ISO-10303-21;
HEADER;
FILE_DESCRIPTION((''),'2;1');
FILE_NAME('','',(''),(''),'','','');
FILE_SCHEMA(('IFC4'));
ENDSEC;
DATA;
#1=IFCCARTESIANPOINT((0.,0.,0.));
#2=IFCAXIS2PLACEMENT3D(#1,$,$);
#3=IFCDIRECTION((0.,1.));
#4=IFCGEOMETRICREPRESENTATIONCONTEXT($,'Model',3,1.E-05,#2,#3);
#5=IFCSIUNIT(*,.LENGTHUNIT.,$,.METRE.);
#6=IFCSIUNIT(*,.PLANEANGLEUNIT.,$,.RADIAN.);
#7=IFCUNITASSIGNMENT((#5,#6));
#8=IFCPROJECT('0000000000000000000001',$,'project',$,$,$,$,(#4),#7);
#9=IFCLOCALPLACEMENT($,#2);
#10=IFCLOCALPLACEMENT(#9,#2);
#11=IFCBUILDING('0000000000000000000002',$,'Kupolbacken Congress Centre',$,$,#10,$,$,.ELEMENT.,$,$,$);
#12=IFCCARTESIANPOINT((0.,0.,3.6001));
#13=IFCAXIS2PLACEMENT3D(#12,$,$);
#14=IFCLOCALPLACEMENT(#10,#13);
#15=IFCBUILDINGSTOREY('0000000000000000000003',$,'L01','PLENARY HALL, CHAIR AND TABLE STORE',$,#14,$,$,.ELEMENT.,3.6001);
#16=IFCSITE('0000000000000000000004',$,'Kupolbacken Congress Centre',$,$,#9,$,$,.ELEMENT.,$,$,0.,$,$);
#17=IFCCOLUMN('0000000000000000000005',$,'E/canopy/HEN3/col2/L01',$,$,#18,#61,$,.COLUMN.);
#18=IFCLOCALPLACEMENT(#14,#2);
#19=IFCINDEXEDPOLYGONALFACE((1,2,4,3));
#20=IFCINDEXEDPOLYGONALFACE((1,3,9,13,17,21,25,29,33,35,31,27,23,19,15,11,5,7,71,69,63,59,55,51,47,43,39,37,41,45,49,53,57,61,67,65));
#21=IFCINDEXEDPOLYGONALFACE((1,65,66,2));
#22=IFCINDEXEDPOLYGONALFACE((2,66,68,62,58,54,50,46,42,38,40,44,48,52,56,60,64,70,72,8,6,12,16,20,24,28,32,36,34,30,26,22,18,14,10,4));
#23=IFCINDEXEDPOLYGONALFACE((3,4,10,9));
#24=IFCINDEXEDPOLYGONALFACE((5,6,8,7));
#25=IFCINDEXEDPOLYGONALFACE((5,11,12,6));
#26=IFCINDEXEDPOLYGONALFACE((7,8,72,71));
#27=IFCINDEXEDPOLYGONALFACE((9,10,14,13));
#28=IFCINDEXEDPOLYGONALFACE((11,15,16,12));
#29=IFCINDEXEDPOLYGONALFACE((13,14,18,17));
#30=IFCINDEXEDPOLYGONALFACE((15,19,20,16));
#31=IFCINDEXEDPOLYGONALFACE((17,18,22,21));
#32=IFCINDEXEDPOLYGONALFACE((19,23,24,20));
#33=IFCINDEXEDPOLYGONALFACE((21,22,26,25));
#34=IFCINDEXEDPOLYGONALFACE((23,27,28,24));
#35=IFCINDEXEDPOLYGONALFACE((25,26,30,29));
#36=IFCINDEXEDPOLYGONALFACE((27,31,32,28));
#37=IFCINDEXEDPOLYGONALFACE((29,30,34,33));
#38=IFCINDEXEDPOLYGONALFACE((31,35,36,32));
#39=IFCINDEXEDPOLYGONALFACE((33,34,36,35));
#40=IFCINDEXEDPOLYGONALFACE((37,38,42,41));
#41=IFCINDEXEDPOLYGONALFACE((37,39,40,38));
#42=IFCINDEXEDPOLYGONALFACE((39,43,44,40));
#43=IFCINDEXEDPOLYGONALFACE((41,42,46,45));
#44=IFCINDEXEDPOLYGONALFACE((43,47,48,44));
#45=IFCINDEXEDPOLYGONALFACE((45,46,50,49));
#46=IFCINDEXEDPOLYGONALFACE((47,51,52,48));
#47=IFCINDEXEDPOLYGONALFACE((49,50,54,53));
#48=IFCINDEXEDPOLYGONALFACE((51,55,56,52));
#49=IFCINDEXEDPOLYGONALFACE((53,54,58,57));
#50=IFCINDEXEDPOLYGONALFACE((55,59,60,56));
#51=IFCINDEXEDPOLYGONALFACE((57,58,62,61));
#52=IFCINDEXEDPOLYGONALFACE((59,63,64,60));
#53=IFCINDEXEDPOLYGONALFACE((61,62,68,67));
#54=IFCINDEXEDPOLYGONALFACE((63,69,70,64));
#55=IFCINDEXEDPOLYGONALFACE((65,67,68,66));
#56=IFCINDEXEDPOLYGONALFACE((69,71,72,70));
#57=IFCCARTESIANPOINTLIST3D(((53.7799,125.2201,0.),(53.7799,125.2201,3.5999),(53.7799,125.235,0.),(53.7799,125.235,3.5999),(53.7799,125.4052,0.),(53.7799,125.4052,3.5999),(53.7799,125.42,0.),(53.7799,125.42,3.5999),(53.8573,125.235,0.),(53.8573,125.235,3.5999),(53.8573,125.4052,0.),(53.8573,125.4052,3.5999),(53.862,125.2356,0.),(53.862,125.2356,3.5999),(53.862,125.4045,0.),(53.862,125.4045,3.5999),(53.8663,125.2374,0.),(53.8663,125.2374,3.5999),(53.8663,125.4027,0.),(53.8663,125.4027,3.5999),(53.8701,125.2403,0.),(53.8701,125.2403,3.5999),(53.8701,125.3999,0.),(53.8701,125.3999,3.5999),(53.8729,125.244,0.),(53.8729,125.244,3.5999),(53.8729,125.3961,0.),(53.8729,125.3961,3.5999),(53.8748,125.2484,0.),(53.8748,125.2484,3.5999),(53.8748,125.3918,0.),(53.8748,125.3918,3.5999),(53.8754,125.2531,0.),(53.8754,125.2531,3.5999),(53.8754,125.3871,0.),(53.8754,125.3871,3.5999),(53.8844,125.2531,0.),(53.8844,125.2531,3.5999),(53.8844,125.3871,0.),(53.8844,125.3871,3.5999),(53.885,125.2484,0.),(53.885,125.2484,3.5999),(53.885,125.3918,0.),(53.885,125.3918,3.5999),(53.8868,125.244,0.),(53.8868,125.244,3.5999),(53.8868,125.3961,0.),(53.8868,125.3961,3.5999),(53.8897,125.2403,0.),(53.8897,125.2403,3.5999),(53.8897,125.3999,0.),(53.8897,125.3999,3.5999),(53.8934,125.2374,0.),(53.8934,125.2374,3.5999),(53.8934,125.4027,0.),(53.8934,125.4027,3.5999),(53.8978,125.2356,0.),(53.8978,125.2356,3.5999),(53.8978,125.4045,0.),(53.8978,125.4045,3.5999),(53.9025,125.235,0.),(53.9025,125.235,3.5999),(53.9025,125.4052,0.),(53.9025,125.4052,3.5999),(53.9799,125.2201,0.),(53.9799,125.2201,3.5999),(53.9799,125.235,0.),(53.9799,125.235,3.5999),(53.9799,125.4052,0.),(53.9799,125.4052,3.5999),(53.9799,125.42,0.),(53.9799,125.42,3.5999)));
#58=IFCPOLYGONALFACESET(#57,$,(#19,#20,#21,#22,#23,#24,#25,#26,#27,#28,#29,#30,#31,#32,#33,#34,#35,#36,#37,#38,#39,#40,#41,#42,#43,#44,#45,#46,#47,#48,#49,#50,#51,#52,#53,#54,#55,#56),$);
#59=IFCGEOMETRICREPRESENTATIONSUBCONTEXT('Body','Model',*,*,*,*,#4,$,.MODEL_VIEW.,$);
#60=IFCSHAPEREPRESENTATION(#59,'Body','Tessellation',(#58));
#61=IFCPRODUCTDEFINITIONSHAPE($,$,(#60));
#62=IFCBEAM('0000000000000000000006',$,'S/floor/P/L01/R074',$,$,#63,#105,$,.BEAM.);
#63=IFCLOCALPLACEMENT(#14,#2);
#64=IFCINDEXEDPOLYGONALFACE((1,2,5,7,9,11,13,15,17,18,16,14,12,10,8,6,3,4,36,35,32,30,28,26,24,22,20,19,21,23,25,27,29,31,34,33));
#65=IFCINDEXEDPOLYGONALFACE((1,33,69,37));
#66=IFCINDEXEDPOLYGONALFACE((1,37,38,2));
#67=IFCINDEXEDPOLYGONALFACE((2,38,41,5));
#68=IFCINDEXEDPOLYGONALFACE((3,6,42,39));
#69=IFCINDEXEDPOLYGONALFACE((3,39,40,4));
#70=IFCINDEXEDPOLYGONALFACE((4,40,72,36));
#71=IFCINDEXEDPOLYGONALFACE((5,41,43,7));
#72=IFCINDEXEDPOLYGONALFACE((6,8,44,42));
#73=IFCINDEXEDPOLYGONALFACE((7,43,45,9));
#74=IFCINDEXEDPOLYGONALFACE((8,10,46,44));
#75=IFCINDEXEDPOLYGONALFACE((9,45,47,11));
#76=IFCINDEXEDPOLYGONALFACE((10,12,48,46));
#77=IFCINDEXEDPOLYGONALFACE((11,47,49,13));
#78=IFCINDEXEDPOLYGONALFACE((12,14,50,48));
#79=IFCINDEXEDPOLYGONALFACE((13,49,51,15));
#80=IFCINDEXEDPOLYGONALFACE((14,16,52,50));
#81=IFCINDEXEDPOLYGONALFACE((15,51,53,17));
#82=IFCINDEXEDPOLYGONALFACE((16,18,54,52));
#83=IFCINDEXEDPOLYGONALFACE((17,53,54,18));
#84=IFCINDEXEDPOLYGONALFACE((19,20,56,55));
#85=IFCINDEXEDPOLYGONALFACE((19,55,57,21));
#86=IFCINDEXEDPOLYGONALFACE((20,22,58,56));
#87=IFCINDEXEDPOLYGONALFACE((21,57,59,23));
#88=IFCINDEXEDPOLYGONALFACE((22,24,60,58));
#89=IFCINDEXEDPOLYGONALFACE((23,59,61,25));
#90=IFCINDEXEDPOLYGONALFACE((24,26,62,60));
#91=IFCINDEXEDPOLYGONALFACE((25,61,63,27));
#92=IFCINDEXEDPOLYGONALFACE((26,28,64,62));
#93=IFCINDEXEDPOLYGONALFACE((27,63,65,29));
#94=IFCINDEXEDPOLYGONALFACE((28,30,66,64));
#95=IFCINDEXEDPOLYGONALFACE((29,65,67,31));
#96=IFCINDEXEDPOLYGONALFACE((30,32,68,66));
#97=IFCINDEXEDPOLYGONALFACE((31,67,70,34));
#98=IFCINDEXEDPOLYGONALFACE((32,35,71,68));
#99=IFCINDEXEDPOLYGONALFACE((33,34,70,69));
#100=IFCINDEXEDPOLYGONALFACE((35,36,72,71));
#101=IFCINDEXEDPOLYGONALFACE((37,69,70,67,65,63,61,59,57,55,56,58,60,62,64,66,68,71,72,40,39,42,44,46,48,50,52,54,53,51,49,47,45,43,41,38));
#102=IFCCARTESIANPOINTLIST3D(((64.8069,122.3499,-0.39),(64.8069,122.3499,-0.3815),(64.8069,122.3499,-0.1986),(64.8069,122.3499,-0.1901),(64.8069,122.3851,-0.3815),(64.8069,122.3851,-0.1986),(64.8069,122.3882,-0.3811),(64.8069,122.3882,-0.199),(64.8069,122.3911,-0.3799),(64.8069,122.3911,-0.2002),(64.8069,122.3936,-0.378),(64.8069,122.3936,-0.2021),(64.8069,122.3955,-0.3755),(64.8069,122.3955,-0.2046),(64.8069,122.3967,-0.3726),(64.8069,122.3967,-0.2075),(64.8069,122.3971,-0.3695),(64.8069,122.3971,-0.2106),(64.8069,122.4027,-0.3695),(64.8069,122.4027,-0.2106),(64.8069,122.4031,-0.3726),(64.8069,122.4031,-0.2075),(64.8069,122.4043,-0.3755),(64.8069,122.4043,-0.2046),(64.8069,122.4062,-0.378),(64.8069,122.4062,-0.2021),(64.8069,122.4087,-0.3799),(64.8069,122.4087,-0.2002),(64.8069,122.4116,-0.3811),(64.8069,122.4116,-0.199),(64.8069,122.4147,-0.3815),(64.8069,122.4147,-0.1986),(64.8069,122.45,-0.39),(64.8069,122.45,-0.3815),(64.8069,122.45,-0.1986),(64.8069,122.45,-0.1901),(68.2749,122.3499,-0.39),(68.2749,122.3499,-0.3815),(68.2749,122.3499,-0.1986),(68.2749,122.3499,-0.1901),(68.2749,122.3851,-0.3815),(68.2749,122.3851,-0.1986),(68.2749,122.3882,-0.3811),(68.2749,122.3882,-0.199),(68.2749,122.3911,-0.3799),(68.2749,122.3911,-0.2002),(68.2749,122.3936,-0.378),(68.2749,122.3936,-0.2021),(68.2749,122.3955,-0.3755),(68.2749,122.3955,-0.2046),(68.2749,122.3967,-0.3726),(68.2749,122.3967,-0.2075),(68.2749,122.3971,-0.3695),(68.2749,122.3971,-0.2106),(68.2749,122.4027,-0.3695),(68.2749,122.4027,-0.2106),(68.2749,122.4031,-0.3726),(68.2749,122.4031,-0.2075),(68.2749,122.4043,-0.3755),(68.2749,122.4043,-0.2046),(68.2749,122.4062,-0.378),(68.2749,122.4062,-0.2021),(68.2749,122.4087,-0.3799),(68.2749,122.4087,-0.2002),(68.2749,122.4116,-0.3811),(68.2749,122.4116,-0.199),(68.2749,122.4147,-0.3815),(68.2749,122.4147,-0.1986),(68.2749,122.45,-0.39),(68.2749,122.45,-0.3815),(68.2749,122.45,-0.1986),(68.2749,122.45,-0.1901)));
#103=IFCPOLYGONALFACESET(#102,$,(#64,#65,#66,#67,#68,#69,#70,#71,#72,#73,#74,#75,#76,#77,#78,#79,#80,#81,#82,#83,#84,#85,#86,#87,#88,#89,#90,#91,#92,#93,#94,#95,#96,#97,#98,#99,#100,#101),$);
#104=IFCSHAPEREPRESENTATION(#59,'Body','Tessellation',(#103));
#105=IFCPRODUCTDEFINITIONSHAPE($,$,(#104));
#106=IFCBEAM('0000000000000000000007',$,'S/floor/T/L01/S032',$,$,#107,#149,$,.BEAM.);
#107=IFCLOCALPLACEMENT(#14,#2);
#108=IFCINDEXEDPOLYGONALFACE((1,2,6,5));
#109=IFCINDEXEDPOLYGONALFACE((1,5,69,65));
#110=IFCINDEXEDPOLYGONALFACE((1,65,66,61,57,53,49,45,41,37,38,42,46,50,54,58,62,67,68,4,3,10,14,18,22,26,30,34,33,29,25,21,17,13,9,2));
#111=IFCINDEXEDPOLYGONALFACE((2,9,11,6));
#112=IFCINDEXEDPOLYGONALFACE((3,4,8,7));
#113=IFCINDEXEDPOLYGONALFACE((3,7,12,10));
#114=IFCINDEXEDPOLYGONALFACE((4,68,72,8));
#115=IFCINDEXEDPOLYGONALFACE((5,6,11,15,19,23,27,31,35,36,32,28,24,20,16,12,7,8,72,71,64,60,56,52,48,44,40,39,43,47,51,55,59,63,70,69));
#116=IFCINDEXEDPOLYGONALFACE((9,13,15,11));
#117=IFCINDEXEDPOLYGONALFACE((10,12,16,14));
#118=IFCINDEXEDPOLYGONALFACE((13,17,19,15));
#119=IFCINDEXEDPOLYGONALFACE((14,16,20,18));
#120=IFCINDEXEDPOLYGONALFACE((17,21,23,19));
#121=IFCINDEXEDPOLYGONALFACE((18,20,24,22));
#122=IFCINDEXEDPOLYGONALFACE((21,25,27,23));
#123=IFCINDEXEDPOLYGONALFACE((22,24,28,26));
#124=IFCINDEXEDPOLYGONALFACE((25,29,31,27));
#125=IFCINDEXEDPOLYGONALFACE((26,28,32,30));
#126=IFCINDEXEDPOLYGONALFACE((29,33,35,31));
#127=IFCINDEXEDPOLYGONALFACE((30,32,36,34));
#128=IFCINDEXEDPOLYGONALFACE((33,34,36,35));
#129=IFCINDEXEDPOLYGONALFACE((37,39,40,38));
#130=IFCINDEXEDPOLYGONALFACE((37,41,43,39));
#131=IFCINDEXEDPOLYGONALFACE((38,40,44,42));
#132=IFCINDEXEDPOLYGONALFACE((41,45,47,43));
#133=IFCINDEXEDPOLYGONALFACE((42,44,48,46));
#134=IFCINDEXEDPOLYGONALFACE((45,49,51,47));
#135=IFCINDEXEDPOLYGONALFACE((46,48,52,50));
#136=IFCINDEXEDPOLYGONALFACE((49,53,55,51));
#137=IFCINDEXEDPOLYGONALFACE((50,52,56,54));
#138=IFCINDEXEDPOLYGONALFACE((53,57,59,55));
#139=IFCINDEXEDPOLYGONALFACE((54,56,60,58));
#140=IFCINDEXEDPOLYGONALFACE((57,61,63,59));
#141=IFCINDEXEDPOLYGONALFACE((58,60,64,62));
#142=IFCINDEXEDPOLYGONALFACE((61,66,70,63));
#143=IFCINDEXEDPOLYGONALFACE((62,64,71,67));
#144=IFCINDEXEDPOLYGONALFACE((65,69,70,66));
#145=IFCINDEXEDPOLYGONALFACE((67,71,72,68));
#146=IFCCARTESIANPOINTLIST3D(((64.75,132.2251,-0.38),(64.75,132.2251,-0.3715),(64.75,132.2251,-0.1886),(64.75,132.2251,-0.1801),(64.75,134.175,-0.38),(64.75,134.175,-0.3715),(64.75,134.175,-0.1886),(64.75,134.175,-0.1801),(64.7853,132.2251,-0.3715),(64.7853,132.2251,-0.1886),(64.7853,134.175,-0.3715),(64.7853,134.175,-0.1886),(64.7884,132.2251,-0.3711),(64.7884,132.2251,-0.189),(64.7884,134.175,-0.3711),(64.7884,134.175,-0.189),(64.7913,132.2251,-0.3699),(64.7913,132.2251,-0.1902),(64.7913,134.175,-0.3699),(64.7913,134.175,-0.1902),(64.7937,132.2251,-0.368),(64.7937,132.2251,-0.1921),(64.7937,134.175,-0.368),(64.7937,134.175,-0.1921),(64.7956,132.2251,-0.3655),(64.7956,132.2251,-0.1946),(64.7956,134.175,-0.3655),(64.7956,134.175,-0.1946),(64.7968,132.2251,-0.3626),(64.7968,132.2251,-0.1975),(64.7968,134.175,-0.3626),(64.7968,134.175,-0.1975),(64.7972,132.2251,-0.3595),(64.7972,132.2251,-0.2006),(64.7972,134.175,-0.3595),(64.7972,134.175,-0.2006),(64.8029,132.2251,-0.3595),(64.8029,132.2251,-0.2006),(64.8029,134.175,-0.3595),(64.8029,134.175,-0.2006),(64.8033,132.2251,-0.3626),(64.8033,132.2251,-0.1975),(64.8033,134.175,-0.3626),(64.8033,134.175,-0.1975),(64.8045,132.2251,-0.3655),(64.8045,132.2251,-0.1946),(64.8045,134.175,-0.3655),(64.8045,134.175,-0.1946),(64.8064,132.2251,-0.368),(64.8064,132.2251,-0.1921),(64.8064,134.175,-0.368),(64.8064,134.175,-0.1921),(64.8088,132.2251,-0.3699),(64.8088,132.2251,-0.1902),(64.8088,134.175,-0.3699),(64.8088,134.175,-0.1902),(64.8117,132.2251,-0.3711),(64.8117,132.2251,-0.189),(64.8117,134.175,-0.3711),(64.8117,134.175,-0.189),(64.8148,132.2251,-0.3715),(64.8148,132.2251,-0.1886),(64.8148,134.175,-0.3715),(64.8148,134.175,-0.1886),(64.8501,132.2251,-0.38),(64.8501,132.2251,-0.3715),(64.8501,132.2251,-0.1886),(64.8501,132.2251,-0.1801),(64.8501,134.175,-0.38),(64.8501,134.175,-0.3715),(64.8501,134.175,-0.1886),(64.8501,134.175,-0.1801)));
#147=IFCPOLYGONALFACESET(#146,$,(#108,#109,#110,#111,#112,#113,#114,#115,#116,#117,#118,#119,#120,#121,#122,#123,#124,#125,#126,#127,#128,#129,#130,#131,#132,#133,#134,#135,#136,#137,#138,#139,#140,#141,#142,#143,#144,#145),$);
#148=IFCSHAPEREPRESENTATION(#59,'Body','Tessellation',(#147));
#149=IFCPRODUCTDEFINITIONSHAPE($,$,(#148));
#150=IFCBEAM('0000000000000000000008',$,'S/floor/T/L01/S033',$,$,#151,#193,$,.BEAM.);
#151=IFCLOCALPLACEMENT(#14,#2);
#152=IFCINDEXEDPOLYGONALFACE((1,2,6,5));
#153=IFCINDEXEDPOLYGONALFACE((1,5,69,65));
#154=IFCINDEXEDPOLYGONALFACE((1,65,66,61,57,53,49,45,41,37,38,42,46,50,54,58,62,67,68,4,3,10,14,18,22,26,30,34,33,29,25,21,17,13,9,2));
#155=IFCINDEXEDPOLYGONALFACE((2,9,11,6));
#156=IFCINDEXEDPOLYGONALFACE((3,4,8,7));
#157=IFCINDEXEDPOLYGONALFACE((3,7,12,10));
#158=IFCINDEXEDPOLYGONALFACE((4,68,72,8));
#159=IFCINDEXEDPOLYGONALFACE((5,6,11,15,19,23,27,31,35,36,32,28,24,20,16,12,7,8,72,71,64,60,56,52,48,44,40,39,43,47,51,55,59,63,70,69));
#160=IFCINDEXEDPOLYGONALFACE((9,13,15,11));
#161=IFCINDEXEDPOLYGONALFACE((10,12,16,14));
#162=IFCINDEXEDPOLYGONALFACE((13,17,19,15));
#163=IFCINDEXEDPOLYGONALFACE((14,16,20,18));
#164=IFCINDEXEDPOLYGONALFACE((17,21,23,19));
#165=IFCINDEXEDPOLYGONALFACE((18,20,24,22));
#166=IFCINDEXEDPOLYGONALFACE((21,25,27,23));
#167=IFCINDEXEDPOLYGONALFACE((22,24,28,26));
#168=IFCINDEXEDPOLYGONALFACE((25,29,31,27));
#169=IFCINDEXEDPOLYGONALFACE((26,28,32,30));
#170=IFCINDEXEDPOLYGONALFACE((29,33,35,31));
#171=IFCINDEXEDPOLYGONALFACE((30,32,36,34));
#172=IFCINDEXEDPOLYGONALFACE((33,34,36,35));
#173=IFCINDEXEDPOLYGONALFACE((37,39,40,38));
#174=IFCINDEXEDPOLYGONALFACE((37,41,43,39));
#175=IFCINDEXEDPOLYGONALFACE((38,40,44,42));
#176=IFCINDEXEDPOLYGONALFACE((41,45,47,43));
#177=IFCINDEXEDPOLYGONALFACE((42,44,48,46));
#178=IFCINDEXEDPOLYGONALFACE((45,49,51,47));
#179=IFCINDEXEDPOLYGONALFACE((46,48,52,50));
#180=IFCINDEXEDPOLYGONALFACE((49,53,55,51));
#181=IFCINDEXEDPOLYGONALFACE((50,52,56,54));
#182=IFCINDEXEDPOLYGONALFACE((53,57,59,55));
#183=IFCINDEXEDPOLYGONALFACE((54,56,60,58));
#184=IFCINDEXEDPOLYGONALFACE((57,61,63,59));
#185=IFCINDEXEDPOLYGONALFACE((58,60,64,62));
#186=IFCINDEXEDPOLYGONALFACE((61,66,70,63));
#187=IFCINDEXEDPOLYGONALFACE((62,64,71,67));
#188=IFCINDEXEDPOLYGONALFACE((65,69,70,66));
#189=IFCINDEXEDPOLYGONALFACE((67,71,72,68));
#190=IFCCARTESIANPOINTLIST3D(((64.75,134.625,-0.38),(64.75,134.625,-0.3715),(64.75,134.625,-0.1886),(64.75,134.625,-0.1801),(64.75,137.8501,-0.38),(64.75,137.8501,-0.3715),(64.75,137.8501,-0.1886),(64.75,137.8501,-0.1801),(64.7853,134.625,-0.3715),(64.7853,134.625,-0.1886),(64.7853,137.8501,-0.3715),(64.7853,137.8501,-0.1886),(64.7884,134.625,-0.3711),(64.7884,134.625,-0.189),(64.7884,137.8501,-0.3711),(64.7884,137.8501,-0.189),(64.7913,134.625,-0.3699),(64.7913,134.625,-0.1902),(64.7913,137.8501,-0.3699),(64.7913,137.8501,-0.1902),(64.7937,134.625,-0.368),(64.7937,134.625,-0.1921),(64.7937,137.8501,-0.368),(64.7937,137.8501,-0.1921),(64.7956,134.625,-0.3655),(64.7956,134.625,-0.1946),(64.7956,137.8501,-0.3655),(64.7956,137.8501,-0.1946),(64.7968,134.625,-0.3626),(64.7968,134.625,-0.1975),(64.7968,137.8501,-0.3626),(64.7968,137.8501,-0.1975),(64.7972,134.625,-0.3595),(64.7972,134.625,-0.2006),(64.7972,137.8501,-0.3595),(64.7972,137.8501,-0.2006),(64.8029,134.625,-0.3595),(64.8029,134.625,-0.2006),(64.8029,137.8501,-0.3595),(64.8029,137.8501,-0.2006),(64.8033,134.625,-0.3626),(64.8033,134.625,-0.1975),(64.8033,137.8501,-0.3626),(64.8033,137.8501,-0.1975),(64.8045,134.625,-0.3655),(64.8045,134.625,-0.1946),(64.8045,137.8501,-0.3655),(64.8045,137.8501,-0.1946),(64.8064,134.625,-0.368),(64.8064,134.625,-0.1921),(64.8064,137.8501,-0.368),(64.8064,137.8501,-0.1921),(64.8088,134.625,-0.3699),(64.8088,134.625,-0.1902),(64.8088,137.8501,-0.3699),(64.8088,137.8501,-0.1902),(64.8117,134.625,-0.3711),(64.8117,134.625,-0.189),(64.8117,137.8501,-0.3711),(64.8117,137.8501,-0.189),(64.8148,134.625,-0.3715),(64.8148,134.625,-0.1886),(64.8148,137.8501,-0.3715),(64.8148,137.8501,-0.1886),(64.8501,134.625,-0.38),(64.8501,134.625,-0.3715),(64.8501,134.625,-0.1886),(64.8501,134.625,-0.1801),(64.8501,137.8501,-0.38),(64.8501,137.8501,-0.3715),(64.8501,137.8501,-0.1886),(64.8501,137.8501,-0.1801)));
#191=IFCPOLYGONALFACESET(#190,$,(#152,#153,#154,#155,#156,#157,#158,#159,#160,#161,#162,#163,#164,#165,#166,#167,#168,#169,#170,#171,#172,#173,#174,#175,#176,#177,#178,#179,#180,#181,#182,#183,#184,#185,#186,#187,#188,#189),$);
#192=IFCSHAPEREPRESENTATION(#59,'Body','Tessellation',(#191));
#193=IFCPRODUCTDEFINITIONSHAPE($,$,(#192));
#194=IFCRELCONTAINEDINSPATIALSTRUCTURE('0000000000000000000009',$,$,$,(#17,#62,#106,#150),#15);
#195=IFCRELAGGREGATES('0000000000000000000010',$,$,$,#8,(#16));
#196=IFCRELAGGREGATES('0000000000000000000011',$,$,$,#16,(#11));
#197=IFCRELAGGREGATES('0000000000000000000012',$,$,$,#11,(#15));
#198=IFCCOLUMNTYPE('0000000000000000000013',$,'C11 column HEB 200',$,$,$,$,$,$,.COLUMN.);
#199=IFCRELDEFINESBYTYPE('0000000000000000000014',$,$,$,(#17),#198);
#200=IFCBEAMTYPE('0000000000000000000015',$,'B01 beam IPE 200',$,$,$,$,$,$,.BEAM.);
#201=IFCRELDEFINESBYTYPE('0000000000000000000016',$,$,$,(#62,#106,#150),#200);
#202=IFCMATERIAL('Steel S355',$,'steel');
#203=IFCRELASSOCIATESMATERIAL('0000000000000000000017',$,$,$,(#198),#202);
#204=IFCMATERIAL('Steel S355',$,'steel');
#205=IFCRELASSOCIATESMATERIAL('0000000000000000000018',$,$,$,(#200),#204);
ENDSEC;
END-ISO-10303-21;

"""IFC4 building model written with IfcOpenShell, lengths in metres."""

from ifc_helpers import new_model, si_unit, direction, frame, origin, origin_2d, place, context, subcontext, project, spatial, i_section, extrude, material, material_profile, profile_set, type_object, element, save


model = new_model("IFC4")

# Units and contexts
model_context = context("Model", 3, precision=1e-05, world=origin(), true_north=direction((0.0, 1.0)))
body_context = subcontext(model_context, "Body", "Model", "MODEL_VIEW")
ifc_project = project(units=[si_unit("LENGTHUNIT", "METRE"), si_unit("PLANEANGLEUNIT", "RADIAN")], contexts=[model_context])

# Site, building, storey
site_placement = place(None, origin())
site = spatial("IfcSite", under=ifc_project, at=site_placement, Name="Kupolbacken Congress Centre", CompositionType="ELEMENT", RefElevation=0.0)
building_placement = place(site_placement, origin())
building = spatial("IfcBuilding", under=site, at=building_placement, Name="Kupolbacken Congress Centre", CompositionType="ELEMENT")
storey_placement = place(building_placement, frame((0.0, 0.0, 3.6001)))
storey = spatial("IfcBuildingStorey", under=building, at=storey_placement, Name="L01", Description="PLENARY HALL, CHAIR AND TABLE STORE", CompositionType="ELEMENT", Elevation=3.6001)

# Column
ifc_material_1 = material(Name="Steel S355", Category="steel")
ifc_material_profile_1 = material_profile(ifc_material_1, i_section(OverallWidth=0.2, OverallDepth=0.2, WebThickness=0.009, FlangeThickness=0.0149, FilletRadius=0.0181, at=origin_2d()), Name="HEB 200")
ifc_profile_set_1 = profile_set([ifc_material_profile_1], Name="Steel S355")
column_type_1 = type_object("IfcColumnType", Name="C11 column HEB 200", PredefinedType="COLUMN", material=ifc_profile_set_1)
for number, where, z_axis, x_axis, name in (
    (1, (53.8799, 125.3201, 0.0), (0.0, 0.0, 1.0), (1.0, 0.0, 0.0), "E/canopy/HEN3/col2/L01"),
):
    element("IfcColumn", number, at=place(storey_placement, frame(where, z_axis=z_axis, x_axis=x_axis)), inside=storey, type_object=column_type_1, Name=name, PredefinedType="COLUMN", context=body_context, shape_type="SweptSolid", body=[
        extrude(i_section(OverallWidth=0.2, OverallDepth=0.2, WebThickness=0.009, FlangeThickness=0.0149, FilletRadius=0.0181, at=origin_2d()), origin(), (0.0, 0.0, 1.0), 3.5999),
    ])

# Beams
ifc_material_2 = material(Name="Steel S355", Category="steel")
ifc_material_profile_2 = material_profile(ifc_material_2, i_section(OverallWidth=0.1001, OverallDepth=0.2, WebThickness=0.0056, FlangeThickness=0.0085, FilletRadius=0.012, at=origin_2d()), Name="IPE 200")
ifc_profile_set_2 = profile_set([ifc_material_profile_2], Name="Steel S355")
beam_type_1 = type_object("IfcBeamType", Name="B01 beam IPE 200", PredefinedType="BEAM", material=ifc_profile_set_2)
beam_1_placement = place(storey_placement, frame((64.8069, 122.3999, -0.29), z_axis=(1.0, 0.0, 0.0), x_axis=(0.0, 1.0, 0.0)))
element("IfcBeam", 2, at=beam_1_placement, inside=storey, type_object=beam_type_1, Name="S/floor/P/L01/R074", PredefinedType="BEAM", context=body_context, shape_type="SweptSolid", body=[
    extrude(i_section(OverallWidth=0.1001, OverallDepth=0.2, WebThickness=0.0056, FlangeThickness=0.0085, FilletRadius=0.012, at=origin_2d()), origin(), (0.0, 0.0, 1.0), 3.468),
])
beam_2_placement = place(storey_placement, frame((64.8, 132.2251, -0.28), z_axis=(0.0, 1.0, 0.0), x_axis=(-1.0, 0.0, 0.0)))
element("IfcBeam", 3, at=beam_2_placement, inside=storey, type_object=beam_type_1, Name="S/floor/T/L01/S032", PredefinedType="BEAM", context=body_context, shape_type="SweptSolid", body=[
    extrude(i_section(OverallWidth=0.1001, OverallDepth=0.2, WebThickness=0.0056, FlangeThickness=0.0085, FilletRadius=0.012, at=origin_2d()), origin(), (0.0, 0.0, 1.0), 1.95),
])
beam_3_placement = place(storey_placement, frame((64.8, 134.625, -0.28), z_axis=(0.0, 1.0, 0.0), x_axis=(-1.0, 0.0, 0.0)))
element("IfcBeam", 4, at=beam_3_placement, inside=storey, type_object=beam_type_1, Name="S/floor/T/L01/S033", PredefinedType="BEAM", context=body_context, shape_type="SweptSolid", body=[
    extrude(i_section(OverallWidth=0.1001, OverallDepth=0.2, WebThickness=0.0056, FlangeThickness=0.0085, FilletRadius=0.012, at=origin_2d()), origin(), (0.0, 0.0, 1.0), 3.2251),
])

save(model, "model.ifc")
